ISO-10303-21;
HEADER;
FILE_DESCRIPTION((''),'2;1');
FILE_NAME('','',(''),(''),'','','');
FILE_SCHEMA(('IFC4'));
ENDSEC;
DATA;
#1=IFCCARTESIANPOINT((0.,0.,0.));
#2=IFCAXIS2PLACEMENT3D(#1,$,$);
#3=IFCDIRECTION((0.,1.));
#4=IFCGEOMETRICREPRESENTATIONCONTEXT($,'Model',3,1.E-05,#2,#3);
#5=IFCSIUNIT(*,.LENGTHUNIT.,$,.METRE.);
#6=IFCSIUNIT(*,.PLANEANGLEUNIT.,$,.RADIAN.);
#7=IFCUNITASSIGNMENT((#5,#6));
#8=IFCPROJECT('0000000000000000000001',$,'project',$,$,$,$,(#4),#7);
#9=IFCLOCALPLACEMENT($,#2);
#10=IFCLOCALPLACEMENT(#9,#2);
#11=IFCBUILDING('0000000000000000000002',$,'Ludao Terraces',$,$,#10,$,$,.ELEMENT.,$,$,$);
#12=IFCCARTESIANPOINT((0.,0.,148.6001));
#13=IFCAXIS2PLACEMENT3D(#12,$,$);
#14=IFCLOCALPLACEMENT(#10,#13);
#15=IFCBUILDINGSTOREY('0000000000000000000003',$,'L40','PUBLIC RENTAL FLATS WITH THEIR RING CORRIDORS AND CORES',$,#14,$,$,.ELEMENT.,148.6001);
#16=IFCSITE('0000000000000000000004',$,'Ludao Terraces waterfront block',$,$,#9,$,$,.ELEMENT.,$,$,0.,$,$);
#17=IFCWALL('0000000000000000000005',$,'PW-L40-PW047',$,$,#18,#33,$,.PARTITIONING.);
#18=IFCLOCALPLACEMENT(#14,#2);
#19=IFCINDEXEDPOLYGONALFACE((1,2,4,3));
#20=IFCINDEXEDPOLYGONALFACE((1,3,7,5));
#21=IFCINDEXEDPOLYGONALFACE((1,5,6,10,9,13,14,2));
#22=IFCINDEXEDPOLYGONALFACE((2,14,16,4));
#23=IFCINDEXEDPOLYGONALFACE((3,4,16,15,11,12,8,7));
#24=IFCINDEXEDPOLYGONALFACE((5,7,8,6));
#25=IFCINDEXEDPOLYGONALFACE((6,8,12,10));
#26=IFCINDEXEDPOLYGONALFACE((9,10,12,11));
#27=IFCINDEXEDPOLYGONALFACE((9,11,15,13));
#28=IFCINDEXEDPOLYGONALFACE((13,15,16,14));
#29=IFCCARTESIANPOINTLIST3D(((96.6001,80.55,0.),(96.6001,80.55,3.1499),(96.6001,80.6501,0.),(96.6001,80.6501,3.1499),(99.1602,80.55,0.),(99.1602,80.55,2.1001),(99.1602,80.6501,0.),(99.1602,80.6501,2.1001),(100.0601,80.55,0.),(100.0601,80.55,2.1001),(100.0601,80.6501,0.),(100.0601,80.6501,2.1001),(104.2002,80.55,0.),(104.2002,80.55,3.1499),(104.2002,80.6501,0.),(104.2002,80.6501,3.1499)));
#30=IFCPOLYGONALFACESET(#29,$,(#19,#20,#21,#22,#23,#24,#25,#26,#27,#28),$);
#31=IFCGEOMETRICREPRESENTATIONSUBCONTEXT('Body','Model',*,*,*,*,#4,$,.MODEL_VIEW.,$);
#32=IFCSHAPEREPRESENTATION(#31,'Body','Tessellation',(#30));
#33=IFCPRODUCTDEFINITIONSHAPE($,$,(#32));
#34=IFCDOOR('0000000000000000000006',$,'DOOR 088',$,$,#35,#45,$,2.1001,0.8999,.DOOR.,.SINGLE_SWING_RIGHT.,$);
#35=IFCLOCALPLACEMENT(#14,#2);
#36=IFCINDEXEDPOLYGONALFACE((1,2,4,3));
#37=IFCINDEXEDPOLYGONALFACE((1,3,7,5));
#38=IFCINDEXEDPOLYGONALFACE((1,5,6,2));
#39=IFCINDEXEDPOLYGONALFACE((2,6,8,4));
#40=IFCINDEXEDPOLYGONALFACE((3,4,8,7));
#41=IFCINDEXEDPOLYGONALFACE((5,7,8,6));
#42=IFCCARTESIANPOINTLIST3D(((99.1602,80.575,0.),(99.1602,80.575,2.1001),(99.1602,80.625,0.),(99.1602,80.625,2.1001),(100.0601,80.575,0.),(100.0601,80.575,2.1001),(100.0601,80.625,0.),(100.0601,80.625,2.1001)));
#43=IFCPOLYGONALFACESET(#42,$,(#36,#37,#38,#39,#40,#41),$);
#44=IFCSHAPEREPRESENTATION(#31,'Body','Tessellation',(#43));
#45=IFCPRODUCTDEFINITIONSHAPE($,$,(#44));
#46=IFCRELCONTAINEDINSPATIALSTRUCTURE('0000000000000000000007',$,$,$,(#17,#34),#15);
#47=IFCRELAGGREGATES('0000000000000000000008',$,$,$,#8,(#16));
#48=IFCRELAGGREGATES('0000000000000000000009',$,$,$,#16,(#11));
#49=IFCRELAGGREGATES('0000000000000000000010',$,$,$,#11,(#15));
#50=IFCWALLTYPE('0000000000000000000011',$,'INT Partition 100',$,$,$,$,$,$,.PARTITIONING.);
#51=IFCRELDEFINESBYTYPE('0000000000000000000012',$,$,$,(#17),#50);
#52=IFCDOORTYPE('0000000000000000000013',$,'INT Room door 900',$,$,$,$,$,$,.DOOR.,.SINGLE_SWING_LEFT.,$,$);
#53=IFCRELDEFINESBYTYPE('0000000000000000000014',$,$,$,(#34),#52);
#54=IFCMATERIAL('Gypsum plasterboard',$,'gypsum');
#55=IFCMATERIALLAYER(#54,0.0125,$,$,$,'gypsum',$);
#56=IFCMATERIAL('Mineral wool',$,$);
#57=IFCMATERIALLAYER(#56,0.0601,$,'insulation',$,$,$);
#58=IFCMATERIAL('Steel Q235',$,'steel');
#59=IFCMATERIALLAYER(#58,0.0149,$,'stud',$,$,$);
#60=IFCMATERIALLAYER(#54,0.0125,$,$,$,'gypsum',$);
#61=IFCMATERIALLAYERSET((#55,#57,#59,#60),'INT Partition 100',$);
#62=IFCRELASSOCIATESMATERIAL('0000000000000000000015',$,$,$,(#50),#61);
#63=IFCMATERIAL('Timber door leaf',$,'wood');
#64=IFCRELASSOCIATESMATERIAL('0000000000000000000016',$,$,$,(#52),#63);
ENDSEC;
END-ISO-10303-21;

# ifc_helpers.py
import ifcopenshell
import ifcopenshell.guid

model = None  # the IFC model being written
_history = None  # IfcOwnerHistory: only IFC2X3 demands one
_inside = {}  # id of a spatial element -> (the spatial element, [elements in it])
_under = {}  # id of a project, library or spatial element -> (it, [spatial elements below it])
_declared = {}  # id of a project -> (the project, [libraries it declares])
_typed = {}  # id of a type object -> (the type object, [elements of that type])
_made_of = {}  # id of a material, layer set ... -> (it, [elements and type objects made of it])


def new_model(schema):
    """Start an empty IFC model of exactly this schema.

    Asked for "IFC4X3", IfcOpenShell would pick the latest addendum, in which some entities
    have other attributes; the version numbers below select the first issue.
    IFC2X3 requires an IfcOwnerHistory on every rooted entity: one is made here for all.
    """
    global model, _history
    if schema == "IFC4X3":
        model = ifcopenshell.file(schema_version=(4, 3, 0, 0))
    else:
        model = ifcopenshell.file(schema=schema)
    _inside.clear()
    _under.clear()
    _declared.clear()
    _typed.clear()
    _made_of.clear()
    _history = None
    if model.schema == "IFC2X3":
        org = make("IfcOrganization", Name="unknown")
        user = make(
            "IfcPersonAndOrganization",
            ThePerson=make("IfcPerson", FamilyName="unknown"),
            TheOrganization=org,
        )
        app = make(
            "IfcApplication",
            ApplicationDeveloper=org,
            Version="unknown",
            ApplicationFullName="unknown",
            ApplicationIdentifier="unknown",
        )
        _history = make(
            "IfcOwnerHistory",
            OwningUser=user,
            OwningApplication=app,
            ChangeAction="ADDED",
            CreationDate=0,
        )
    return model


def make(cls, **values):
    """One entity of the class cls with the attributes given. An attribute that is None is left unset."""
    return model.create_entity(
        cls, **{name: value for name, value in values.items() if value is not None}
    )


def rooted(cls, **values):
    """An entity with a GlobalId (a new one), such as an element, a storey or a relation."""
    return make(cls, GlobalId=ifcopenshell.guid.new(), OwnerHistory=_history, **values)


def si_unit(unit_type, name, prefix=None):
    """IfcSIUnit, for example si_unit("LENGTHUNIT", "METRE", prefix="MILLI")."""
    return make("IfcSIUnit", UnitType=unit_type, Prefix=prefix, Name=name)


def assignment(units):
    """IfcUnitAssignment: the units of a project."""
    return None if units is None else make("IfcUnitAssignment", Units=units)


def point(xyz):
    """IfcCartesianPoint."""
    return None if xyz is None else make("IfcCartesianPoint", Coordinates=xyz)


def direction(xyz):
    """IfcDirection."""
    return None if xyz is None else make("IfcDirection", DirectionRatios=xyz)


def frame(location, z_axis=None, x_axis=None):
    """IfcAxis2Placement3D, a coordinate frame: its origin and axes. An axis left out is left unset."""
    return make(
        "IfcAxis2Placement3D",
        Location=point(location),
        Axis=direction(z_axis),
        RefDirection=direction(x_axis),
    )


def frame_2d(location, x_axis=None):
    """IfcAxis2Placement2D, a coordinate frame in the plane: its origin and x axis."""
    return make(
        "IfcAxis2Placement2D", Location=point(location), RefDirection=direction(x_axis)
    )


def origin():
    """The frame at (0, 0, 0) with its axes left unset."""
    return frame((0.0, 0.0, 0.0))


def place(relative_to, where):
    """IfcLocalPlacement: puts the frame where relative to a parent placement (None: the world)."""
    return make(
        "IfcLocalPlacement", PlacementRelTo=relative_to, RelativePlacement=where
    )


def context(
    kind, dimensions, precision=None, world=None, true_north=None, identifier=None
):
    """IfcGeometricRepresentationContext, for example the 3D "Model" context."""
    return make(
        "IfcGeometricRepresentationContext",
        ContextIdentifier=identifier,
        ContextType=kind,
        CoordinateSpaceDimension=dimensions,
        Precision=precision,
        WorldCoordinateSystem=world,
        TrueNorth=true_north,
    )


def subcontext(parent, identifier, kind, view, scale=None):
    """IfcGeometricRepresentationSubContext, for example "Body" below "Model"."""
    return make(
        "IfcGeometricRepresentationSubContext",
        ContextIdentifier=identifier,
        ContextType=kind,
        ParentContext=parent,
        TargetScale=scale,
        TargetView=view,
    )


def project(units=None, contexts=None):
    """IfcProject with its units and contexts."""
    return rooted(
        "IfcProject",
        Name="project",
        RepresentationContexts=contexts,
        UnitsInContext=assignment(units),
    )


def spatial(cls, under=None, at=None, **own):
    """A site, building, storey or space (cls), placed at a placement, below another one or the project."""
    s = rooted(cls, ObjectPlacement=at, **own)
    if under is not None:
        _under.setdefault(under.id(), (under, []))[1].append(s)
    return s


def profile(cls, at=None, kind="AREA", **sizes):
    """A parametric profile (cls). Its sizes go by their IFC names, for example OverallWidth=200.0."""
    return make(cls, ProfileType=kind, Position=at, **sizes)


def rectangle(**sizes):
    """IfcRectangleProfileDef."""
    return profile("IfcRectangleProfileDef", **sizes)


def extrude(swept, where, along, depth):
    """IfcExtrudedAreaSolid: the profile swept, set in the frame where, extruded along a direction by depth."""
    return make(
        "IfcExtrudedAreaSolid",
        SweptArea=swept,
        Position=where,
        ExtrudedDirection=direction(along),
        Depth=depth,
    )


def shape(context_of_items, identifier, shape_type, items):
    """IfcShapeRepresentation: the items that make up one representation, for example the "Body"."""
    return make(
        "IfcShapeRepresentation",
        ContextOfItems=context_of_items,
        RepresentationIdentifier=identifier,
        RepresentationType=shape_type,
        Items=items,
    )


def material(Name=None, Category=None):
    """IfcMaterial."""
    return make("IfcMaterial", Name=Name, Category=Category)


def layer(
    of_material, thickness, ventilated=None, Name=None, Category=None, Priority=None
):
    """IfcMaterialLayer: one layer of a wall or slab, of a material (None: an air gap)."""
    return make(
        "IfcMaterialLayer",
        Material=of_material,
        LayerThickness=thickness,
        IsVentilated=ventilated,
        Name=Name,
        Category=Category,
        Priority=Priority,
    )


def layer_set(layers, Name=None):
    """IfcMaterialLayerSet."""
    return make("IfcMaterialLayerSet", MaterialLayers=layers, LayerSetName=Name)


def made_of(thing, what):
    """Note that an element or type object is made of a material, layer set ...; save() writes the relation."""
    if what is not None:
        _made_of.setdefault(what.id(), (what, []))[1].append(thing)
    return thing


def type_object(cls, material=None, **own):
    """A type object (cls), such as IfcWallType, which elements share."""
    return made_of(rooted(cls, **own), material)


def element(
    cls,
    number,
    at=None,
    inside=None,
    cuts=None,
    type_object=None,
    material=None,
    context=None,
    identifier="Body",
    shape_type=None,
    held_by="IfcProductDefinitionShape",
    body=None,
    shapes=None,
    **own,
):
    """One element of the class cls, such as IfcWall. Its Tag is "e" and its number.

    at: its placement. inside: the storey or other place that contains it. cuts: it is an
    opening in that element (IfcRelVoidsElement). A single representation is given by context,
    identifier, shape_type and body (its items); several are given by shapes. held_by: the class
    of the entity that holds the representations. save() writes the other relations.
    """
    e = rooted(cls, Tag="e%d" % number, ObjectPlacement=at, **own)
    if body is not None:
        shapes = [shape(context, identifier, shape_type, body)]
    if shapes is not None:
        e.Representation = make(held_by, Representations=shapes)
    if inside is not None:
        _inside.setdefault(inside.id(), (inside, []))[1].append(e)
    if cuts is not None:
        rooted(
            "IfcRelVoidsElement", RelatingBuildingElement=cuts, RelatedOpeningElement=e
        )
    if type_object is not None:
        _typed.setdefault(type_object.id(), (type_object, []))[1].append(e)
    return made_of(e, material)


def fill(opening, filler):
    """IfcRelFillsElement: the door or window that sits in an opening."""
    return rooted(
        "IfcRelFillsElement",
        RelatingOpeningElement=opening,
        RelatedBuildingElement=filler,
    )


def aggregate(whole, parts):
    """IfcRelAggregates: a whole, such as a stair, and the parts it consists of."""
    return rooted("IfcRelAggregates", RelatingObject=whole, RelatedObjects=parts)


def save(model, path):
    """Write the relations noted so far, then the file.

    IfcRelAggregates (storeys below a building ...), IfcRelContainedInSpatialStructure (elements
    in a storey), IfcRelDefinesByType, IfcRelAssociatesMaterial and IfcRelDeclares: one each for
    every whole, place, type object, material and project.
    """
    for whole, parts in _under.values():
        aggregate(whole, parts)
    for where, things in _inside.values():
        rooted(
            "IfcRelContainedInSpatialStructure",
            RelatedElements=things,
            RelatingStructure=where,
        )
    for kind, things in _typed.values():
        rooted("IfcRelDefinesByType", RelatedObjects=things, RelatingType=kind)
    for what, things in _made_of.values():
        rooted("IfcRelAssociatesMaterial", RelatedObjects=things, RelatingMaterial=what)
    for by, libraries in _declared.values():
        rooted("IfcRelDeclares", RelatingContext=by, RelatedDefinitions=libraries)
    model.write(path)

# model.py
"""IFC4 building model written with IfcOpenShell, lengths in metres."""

from ifc_helpers import new_model, si_unit, direction, frame, frame_2d, origin, place, context, subcontext, project, spatial, rectangle, extrude, material, layer, layer_set, type_object, element, fill, save


model = new_model("IFC4")

# Units and contexts
model_context = context("Model", 3, precision=1e-05, world=origin(), true_north=direction((0.0, 1.0)))
body_context = subcontext(model_context, "Body", "Model", "MODEL_VIEW")
ifc_project = project(units=[si_unit("LENGTHUNIT", "METRE"), si_unit("PLANEANGLEUNIT", "RADIAN")], contexts=[model_context])

# Site, building, storey
site_placement = place(None, origin())
site = spatial("IfcSite", under=ifc_project, at=site_placement, Name="Ludao Terraces waterfront block", CompositionType="ELEMENT", RefElevation=0.0)
building_placement = place(site_placement, origin())
building = spatial("IfcBuilding", under=site, at=building_placement, Name="Ludao Terraces", CompositionType="ELEMENT")
storey_placement = place(building_placement, frame((0.0, 0.0, 148.6001)))
storey = spatial("IfcBuildingStorey", under=building, at=storey_placement, Name="L40", Description="PUBLIC RENTAL FLATS WITH THEIR RING CORRIDORS AND CORES", CompositionType="ELEMENT", Elevation=148.6001)

# Shared definitions
ifc_material_1 = material(Name="Steel Q235", Category="steel")

# Shared definitions
ifc_material_2 = material(Name="Mineral wool")

# Shared definitions
ifc_material_3 = material(Name="Gypsum plasterboard", Category="gypsum")
ifc_layer_1 = layer(ifc_material_3, 0.0125, Category="gypsum")
ifc_layer_2 = layer(ifc_material_2, 0.0601, Name="insulation")
ifc_layer_3 = layer(ifc_material_1, 0.0149, Name="stud")
ifc_layer_4 = layer(ifc_material_3, 0.0125, Category="gypsum")
ifc_layer_set_1 = layer_set([ifc_layer_1, ifc_layer_2, ifc_layer_3, ifc_layer_4], Name="INT Partition 100")
wall_type_1 = type_object("IfcWallType", Name="INT Partition 100", PredefinedType="PARTITIONING", material=ifc_layer_set_1)

# Wall, opening, door
wall_1_placement = place(storey_placement, frame((96.6001, 80.6001, 0.0), z_axis=(0.0, 0.0, 1.0), x_axis=(1.0, 0.0, 0.0)))
wall_1 = element("IfcWall", 1, at=wall_1_placement, inside=storey, type_object=wall_type_1, Name="PW-L40-PW047", PredefinedType="PARTITIONING", context=body_context, shape_type="SweptSolid", body=[
    extrude(rectangle(XDim=7.6001, YDim=0.1001, at=frame_2d((3.8, 0.0))), origin(), (0.0, 0.0, 1.0), 3.1499),
])
opening_1_placement = place(wall_1_placement, frame((2.5601, 0.0, 0.0)))
opening_1 = element("IfcOpeningElement", 2, at=opening_1_placement, cuts=wall_1, PredefinedType="OPENING", context=body_context, shape_type="SweptSolid", body=[
    extrude(rectangle(XDim=0.8999, YDim=2.1001, at=frame_2d((0.45, 1.05))), frame((0.0, 0.0601, 0.0), z_axis=(0.0, -1.0, 0.0), x_axis=(1.0, 0.0, 0.0)), (0.0, 0.0, 1.0), 0.1201),
])
ifc_material_4 = material(Name="Timber door leaf", Category="wood")
door_type_1 = type_object("IfcDoorType", Name="INT Room door 900", OperationType="SINGLE_SWING_LEFT", PredefinedType="DOOR", material=ifc_material_4)
door_1_placement = place(opening_1_placement, origin())
door_1 = element("IfcDoor", 3, at=door_1_placement, inside=storey, type_object=door_type_1, Name="DOOR 088", OperationType="SINGLE_SWING_RIGHT", OverallHeight=2.1001, OverallWidth=0.8999, PredefinedType="DOOR", context=body_context, shape_type="SweptSolid", body=[
    extrude(rectangle(XDim=0.8999, YDim=2.1001, at=frame_2d((0.45, 1.05))), frame((0.0, 0.0249, 0.0), z_axis=(0.0, -1.0, 0.0), x_axis=(1.0, 0.0, 0.0)), (0.0, 0.0, 1.0), 0.05),
])
fill(opening_1, door_1)

save(model, "model.ifc")
